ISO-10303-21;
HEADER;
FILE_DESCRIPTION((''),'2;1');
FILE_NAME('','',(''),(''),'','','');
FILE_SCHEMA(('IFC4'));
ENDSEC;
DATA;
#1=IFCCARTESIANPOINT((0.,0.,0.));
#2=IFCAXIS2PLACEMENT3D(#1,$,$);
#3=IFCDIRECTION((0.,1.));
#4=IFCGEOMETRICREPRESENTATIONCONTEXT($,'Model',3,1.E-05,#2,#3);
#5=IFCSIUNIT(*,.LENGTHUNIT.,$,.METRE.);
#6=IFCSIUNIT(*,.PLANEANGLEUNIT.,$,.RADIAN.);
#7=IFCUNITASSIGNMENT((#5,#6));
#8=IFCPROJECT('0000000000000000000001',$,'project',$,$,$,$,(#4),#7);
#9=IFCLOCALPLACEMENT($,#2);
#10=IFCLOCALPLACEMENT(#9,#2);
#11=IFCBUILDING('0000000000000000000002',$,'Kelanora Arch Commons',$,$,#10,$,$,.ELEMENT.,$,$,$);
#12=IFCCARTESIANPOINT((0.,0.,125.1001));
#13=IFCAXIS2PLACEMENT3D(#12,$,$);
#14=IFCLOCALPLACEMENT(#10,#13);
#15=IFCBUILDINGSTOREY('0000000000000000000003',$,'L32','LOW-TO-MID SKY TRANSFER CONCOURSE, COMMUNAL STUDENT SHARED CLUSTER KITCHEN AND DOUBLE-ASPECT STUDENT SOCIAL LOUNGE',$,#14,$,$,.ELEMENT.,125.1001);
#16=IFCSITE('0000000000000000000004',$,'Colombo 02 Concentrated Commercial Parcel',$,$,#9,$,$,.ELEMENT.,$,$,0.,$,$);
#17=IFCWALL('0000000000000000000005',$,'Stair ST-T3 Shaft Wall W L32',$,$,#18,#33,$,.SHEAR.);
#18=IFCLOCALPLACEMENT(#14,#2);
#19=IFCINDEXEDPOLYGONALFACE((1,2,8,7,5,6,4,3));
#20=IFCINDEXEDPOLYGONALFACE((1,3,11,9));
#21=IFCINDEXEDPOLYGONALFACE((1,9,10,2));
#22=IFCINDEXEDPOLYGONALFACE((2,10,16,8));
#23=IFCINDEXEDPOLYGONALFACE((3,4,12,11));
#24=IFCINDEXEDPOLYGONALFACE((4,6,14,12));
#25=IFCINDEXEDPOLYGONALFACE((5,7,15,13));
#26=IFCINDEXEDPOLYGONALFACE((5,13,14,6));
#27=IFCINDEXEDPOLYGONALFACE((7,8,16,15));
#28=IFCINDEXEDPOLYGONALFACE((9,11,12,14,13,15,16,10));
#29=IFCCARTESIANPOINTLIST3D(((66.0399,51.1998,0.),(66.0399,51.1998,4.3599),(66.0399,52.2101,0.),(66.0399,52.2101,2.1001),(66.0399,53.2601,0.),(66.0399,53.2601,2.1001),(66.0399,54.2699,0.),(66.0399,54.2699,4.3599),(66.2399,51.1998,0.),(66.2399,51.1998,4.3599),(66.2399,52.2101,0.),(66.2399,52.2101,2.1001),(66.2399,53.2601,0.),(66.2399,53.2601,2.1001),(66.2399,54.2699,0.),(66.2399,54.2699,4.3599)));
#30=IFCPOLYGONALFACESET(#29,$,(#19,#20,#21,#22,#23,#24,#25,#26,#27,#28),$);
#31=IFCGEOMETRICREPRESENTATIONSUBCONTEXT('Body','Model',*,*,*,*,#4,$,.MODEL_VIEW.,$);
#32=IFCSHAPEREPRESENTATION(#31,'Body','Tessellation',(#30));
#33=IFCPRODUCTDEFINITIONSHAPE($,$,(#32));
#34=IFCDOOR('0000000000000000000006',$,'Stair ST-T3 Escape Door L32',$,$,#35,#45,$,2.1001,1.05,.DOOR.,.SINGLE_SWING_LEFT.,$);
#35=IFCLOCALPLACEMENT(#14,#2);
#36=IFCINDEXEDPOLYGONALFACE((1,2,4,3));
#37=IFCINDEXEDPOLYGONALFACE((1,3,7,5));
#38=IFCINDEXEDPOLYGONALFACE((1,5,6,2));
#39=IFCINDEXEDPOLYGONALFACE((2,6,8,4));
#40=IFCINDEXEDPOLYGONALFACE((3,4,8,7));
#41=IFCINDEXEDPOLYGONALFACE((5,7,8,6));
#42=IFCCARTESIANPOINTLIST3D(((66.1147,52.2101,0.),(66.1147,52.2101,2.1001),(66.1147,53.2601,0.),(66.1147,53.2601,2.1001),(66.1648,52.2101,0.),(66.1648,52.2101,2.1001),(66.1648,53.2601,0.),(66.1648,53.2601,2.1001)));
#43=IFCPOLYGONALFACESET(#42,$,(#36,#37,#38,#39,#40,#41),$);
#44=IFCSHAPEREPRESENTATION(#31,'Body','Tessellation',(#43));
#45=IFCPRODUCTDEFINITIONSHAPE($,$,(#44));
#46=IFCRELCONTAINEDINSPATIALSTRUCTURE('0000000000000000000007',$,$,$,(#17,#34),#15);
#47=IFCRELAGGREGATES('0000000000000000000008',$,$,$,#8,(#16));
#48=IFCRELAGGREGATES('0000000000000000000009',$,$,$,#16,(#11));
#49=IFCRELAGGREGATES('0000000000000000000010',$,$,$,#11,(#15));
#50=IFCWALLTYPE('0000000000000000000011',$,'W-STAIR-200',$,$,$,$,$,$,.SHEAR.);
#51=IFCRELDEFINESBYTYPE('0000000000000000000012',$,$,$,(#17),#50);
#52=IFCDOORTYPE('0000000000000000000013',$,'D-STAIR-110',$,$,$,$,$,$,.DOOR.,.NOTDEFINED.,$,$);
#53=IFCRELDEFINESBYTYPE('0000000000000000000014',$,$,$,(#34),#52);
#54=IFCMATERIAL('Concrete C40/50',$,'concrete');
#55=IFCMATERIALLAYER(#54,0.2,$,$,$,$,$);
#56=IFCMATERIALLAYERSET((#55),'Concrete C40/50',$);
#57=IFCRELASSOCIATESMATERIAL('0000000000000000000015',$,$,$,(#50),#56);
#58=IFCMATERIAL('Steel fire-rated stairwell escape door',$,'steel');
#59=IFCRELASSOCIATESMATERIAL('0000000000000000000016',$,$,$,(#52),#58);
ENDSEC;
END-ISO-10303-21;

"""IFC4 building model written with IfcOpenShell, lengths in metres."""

from ifc_helpers import new_model, si_unit, direction, frame, frame_2d, origin, place, context, subcontext, project, spatial, rectangle, extrude, material, layer, layer_set, type_object, element, fill, save


model = new_model("IFC4")

# Units and contexts
model_context = context("Model", 3, precision=1e-05, world=origin(), true_north=direction((0.0, 1.0)))
body_context = subcontext(model_context, "Body", "Model", "MODEL_VIEW")
ifc_project = project(units=[si_unit("LENGTHUNIT", "METRE"), si_unit("PLANEANGLEUNIT", "RADIAN")], contexts=[model_context])

# Site, building, storey
site_placement = place(None, origin())
site = spatial("IfcSite", under=ifc_project, at=site_placement, Name="Colombo 02 Concentrated Commercial Parcel", CompositionType="ELEMENT", RefElevation=0.0)
building_placement = place(site_placement, origin())
building = spatial("IfcBuilding", under=site, at=building_placement, Name="Kelanora Arch Commons", CompositionType="ELEMENT")
storey_placement = place(building_placement, frame((0.0, 0.0, 125.1001)))
storey = spatial("IfcBuildingStorey", under=building, at=storey_placement, Name="L32", Description="LOW-TO-MID SKY TRANSFER CONCOURSE, COMMUNAL STUDENT SHARED CLUSTER KITCHEN AND DOUBLE-ASPECT STUDENT SOCIAL LOUNGE", CompositionType="ELEMENT", Elevation=125.1001)

# Shared definitions
ifc_material_1 = material(Name="Concrete C40/50", Category="concrete")

# Shared definitions
ifc_layer_1 = layer(ifc_material_1, 0.2)
ifc_layer_set_1 = layer_set([ifc_layer_1], Name="Concrete C40/50")
wall_type_1 = type_object("IfcWallType", Name="W-STAIR-200", PredefinedType="SHEAR", material=ifc_layer_set_1)

# Wall, opening, door
wall_1_placement = place(storey_placement, frame((66.1399, 54.27, 0.0), z_axis=(0.0, 0.0, 1.0), x_axis=(0.0, -1.0, 0.0)))
wall_1 = element("IfcWall", 1, at=wall_1_placement, inside=storey, type_object=wall_type_1, Name="Stair ST-T3 Shaft Wall W L32", PredefinedType="SHEAR", context=body_context, shape_type="SweptSolid", body=[
    extrude(rectangle(XDim=3.0701, YDim=0.2, at=frame_2d((1.5352, 0.0))), origin(), (0.0, 0.0, 1.0), 4.3599),
])
opening_1_placement = place(wall_1_placement, frame((1.01, 0.0, 0.0)))
opening_1 = element("IfcOpeningElement", 2, at=opening_1_placement, cuts=wall_1, PredefinedType="OPENING", context=body_context, shape_type="SweptSolid", body=[
    extrude(rectangle(XDim=1.05, YDim=2.1001, at=frame_2d((0.5249, 1.05))), frame((0.0, 0.1099, 0.0), z_axis=(0.0, -1.0, 0.0), x_axis=(1.0, 0.0, 0.0)), (0.0, 0.0, 1.0), 0.22),
])
ifc_material_2 = material(Name="Steel fire-rated stairwell escape door", Category="steel")
door_type_1 = type_object("IfcDoorType", Name="D-STAIR-110", OperationType="NOTDEFINED", PredefinedType="DOOR", material=ifc_material_2)
door_1_placement = place(opening_1_placement, origin())
door_1 = element("IfcDoor", 3, at=door_1_placement, inside=storey, type_object=door_type_1, Name="Stair ST-T3 Escape Door L32", OperationType="SINGLE_SWING_LEFT", OverallHeight=2.1001, OverallWidth=1.05, PredefinedType="DOOR", context=body_context, shape_type="SweptSolid", body=[
    extrude(rectangle(XDim=1.05, YDim=2.1001, at=frame_2d((0.5249, 1.05))), frame((0.0, 0.0249, 0.0), z_axis=(0.0, -1.0, 0.0), x_axis=(1.0, 0.0, 0.0)), (0.0, 0.0, 1.0), 0.05),
])
fill(opening_1, door_1)

save(model, "model.ifc")
